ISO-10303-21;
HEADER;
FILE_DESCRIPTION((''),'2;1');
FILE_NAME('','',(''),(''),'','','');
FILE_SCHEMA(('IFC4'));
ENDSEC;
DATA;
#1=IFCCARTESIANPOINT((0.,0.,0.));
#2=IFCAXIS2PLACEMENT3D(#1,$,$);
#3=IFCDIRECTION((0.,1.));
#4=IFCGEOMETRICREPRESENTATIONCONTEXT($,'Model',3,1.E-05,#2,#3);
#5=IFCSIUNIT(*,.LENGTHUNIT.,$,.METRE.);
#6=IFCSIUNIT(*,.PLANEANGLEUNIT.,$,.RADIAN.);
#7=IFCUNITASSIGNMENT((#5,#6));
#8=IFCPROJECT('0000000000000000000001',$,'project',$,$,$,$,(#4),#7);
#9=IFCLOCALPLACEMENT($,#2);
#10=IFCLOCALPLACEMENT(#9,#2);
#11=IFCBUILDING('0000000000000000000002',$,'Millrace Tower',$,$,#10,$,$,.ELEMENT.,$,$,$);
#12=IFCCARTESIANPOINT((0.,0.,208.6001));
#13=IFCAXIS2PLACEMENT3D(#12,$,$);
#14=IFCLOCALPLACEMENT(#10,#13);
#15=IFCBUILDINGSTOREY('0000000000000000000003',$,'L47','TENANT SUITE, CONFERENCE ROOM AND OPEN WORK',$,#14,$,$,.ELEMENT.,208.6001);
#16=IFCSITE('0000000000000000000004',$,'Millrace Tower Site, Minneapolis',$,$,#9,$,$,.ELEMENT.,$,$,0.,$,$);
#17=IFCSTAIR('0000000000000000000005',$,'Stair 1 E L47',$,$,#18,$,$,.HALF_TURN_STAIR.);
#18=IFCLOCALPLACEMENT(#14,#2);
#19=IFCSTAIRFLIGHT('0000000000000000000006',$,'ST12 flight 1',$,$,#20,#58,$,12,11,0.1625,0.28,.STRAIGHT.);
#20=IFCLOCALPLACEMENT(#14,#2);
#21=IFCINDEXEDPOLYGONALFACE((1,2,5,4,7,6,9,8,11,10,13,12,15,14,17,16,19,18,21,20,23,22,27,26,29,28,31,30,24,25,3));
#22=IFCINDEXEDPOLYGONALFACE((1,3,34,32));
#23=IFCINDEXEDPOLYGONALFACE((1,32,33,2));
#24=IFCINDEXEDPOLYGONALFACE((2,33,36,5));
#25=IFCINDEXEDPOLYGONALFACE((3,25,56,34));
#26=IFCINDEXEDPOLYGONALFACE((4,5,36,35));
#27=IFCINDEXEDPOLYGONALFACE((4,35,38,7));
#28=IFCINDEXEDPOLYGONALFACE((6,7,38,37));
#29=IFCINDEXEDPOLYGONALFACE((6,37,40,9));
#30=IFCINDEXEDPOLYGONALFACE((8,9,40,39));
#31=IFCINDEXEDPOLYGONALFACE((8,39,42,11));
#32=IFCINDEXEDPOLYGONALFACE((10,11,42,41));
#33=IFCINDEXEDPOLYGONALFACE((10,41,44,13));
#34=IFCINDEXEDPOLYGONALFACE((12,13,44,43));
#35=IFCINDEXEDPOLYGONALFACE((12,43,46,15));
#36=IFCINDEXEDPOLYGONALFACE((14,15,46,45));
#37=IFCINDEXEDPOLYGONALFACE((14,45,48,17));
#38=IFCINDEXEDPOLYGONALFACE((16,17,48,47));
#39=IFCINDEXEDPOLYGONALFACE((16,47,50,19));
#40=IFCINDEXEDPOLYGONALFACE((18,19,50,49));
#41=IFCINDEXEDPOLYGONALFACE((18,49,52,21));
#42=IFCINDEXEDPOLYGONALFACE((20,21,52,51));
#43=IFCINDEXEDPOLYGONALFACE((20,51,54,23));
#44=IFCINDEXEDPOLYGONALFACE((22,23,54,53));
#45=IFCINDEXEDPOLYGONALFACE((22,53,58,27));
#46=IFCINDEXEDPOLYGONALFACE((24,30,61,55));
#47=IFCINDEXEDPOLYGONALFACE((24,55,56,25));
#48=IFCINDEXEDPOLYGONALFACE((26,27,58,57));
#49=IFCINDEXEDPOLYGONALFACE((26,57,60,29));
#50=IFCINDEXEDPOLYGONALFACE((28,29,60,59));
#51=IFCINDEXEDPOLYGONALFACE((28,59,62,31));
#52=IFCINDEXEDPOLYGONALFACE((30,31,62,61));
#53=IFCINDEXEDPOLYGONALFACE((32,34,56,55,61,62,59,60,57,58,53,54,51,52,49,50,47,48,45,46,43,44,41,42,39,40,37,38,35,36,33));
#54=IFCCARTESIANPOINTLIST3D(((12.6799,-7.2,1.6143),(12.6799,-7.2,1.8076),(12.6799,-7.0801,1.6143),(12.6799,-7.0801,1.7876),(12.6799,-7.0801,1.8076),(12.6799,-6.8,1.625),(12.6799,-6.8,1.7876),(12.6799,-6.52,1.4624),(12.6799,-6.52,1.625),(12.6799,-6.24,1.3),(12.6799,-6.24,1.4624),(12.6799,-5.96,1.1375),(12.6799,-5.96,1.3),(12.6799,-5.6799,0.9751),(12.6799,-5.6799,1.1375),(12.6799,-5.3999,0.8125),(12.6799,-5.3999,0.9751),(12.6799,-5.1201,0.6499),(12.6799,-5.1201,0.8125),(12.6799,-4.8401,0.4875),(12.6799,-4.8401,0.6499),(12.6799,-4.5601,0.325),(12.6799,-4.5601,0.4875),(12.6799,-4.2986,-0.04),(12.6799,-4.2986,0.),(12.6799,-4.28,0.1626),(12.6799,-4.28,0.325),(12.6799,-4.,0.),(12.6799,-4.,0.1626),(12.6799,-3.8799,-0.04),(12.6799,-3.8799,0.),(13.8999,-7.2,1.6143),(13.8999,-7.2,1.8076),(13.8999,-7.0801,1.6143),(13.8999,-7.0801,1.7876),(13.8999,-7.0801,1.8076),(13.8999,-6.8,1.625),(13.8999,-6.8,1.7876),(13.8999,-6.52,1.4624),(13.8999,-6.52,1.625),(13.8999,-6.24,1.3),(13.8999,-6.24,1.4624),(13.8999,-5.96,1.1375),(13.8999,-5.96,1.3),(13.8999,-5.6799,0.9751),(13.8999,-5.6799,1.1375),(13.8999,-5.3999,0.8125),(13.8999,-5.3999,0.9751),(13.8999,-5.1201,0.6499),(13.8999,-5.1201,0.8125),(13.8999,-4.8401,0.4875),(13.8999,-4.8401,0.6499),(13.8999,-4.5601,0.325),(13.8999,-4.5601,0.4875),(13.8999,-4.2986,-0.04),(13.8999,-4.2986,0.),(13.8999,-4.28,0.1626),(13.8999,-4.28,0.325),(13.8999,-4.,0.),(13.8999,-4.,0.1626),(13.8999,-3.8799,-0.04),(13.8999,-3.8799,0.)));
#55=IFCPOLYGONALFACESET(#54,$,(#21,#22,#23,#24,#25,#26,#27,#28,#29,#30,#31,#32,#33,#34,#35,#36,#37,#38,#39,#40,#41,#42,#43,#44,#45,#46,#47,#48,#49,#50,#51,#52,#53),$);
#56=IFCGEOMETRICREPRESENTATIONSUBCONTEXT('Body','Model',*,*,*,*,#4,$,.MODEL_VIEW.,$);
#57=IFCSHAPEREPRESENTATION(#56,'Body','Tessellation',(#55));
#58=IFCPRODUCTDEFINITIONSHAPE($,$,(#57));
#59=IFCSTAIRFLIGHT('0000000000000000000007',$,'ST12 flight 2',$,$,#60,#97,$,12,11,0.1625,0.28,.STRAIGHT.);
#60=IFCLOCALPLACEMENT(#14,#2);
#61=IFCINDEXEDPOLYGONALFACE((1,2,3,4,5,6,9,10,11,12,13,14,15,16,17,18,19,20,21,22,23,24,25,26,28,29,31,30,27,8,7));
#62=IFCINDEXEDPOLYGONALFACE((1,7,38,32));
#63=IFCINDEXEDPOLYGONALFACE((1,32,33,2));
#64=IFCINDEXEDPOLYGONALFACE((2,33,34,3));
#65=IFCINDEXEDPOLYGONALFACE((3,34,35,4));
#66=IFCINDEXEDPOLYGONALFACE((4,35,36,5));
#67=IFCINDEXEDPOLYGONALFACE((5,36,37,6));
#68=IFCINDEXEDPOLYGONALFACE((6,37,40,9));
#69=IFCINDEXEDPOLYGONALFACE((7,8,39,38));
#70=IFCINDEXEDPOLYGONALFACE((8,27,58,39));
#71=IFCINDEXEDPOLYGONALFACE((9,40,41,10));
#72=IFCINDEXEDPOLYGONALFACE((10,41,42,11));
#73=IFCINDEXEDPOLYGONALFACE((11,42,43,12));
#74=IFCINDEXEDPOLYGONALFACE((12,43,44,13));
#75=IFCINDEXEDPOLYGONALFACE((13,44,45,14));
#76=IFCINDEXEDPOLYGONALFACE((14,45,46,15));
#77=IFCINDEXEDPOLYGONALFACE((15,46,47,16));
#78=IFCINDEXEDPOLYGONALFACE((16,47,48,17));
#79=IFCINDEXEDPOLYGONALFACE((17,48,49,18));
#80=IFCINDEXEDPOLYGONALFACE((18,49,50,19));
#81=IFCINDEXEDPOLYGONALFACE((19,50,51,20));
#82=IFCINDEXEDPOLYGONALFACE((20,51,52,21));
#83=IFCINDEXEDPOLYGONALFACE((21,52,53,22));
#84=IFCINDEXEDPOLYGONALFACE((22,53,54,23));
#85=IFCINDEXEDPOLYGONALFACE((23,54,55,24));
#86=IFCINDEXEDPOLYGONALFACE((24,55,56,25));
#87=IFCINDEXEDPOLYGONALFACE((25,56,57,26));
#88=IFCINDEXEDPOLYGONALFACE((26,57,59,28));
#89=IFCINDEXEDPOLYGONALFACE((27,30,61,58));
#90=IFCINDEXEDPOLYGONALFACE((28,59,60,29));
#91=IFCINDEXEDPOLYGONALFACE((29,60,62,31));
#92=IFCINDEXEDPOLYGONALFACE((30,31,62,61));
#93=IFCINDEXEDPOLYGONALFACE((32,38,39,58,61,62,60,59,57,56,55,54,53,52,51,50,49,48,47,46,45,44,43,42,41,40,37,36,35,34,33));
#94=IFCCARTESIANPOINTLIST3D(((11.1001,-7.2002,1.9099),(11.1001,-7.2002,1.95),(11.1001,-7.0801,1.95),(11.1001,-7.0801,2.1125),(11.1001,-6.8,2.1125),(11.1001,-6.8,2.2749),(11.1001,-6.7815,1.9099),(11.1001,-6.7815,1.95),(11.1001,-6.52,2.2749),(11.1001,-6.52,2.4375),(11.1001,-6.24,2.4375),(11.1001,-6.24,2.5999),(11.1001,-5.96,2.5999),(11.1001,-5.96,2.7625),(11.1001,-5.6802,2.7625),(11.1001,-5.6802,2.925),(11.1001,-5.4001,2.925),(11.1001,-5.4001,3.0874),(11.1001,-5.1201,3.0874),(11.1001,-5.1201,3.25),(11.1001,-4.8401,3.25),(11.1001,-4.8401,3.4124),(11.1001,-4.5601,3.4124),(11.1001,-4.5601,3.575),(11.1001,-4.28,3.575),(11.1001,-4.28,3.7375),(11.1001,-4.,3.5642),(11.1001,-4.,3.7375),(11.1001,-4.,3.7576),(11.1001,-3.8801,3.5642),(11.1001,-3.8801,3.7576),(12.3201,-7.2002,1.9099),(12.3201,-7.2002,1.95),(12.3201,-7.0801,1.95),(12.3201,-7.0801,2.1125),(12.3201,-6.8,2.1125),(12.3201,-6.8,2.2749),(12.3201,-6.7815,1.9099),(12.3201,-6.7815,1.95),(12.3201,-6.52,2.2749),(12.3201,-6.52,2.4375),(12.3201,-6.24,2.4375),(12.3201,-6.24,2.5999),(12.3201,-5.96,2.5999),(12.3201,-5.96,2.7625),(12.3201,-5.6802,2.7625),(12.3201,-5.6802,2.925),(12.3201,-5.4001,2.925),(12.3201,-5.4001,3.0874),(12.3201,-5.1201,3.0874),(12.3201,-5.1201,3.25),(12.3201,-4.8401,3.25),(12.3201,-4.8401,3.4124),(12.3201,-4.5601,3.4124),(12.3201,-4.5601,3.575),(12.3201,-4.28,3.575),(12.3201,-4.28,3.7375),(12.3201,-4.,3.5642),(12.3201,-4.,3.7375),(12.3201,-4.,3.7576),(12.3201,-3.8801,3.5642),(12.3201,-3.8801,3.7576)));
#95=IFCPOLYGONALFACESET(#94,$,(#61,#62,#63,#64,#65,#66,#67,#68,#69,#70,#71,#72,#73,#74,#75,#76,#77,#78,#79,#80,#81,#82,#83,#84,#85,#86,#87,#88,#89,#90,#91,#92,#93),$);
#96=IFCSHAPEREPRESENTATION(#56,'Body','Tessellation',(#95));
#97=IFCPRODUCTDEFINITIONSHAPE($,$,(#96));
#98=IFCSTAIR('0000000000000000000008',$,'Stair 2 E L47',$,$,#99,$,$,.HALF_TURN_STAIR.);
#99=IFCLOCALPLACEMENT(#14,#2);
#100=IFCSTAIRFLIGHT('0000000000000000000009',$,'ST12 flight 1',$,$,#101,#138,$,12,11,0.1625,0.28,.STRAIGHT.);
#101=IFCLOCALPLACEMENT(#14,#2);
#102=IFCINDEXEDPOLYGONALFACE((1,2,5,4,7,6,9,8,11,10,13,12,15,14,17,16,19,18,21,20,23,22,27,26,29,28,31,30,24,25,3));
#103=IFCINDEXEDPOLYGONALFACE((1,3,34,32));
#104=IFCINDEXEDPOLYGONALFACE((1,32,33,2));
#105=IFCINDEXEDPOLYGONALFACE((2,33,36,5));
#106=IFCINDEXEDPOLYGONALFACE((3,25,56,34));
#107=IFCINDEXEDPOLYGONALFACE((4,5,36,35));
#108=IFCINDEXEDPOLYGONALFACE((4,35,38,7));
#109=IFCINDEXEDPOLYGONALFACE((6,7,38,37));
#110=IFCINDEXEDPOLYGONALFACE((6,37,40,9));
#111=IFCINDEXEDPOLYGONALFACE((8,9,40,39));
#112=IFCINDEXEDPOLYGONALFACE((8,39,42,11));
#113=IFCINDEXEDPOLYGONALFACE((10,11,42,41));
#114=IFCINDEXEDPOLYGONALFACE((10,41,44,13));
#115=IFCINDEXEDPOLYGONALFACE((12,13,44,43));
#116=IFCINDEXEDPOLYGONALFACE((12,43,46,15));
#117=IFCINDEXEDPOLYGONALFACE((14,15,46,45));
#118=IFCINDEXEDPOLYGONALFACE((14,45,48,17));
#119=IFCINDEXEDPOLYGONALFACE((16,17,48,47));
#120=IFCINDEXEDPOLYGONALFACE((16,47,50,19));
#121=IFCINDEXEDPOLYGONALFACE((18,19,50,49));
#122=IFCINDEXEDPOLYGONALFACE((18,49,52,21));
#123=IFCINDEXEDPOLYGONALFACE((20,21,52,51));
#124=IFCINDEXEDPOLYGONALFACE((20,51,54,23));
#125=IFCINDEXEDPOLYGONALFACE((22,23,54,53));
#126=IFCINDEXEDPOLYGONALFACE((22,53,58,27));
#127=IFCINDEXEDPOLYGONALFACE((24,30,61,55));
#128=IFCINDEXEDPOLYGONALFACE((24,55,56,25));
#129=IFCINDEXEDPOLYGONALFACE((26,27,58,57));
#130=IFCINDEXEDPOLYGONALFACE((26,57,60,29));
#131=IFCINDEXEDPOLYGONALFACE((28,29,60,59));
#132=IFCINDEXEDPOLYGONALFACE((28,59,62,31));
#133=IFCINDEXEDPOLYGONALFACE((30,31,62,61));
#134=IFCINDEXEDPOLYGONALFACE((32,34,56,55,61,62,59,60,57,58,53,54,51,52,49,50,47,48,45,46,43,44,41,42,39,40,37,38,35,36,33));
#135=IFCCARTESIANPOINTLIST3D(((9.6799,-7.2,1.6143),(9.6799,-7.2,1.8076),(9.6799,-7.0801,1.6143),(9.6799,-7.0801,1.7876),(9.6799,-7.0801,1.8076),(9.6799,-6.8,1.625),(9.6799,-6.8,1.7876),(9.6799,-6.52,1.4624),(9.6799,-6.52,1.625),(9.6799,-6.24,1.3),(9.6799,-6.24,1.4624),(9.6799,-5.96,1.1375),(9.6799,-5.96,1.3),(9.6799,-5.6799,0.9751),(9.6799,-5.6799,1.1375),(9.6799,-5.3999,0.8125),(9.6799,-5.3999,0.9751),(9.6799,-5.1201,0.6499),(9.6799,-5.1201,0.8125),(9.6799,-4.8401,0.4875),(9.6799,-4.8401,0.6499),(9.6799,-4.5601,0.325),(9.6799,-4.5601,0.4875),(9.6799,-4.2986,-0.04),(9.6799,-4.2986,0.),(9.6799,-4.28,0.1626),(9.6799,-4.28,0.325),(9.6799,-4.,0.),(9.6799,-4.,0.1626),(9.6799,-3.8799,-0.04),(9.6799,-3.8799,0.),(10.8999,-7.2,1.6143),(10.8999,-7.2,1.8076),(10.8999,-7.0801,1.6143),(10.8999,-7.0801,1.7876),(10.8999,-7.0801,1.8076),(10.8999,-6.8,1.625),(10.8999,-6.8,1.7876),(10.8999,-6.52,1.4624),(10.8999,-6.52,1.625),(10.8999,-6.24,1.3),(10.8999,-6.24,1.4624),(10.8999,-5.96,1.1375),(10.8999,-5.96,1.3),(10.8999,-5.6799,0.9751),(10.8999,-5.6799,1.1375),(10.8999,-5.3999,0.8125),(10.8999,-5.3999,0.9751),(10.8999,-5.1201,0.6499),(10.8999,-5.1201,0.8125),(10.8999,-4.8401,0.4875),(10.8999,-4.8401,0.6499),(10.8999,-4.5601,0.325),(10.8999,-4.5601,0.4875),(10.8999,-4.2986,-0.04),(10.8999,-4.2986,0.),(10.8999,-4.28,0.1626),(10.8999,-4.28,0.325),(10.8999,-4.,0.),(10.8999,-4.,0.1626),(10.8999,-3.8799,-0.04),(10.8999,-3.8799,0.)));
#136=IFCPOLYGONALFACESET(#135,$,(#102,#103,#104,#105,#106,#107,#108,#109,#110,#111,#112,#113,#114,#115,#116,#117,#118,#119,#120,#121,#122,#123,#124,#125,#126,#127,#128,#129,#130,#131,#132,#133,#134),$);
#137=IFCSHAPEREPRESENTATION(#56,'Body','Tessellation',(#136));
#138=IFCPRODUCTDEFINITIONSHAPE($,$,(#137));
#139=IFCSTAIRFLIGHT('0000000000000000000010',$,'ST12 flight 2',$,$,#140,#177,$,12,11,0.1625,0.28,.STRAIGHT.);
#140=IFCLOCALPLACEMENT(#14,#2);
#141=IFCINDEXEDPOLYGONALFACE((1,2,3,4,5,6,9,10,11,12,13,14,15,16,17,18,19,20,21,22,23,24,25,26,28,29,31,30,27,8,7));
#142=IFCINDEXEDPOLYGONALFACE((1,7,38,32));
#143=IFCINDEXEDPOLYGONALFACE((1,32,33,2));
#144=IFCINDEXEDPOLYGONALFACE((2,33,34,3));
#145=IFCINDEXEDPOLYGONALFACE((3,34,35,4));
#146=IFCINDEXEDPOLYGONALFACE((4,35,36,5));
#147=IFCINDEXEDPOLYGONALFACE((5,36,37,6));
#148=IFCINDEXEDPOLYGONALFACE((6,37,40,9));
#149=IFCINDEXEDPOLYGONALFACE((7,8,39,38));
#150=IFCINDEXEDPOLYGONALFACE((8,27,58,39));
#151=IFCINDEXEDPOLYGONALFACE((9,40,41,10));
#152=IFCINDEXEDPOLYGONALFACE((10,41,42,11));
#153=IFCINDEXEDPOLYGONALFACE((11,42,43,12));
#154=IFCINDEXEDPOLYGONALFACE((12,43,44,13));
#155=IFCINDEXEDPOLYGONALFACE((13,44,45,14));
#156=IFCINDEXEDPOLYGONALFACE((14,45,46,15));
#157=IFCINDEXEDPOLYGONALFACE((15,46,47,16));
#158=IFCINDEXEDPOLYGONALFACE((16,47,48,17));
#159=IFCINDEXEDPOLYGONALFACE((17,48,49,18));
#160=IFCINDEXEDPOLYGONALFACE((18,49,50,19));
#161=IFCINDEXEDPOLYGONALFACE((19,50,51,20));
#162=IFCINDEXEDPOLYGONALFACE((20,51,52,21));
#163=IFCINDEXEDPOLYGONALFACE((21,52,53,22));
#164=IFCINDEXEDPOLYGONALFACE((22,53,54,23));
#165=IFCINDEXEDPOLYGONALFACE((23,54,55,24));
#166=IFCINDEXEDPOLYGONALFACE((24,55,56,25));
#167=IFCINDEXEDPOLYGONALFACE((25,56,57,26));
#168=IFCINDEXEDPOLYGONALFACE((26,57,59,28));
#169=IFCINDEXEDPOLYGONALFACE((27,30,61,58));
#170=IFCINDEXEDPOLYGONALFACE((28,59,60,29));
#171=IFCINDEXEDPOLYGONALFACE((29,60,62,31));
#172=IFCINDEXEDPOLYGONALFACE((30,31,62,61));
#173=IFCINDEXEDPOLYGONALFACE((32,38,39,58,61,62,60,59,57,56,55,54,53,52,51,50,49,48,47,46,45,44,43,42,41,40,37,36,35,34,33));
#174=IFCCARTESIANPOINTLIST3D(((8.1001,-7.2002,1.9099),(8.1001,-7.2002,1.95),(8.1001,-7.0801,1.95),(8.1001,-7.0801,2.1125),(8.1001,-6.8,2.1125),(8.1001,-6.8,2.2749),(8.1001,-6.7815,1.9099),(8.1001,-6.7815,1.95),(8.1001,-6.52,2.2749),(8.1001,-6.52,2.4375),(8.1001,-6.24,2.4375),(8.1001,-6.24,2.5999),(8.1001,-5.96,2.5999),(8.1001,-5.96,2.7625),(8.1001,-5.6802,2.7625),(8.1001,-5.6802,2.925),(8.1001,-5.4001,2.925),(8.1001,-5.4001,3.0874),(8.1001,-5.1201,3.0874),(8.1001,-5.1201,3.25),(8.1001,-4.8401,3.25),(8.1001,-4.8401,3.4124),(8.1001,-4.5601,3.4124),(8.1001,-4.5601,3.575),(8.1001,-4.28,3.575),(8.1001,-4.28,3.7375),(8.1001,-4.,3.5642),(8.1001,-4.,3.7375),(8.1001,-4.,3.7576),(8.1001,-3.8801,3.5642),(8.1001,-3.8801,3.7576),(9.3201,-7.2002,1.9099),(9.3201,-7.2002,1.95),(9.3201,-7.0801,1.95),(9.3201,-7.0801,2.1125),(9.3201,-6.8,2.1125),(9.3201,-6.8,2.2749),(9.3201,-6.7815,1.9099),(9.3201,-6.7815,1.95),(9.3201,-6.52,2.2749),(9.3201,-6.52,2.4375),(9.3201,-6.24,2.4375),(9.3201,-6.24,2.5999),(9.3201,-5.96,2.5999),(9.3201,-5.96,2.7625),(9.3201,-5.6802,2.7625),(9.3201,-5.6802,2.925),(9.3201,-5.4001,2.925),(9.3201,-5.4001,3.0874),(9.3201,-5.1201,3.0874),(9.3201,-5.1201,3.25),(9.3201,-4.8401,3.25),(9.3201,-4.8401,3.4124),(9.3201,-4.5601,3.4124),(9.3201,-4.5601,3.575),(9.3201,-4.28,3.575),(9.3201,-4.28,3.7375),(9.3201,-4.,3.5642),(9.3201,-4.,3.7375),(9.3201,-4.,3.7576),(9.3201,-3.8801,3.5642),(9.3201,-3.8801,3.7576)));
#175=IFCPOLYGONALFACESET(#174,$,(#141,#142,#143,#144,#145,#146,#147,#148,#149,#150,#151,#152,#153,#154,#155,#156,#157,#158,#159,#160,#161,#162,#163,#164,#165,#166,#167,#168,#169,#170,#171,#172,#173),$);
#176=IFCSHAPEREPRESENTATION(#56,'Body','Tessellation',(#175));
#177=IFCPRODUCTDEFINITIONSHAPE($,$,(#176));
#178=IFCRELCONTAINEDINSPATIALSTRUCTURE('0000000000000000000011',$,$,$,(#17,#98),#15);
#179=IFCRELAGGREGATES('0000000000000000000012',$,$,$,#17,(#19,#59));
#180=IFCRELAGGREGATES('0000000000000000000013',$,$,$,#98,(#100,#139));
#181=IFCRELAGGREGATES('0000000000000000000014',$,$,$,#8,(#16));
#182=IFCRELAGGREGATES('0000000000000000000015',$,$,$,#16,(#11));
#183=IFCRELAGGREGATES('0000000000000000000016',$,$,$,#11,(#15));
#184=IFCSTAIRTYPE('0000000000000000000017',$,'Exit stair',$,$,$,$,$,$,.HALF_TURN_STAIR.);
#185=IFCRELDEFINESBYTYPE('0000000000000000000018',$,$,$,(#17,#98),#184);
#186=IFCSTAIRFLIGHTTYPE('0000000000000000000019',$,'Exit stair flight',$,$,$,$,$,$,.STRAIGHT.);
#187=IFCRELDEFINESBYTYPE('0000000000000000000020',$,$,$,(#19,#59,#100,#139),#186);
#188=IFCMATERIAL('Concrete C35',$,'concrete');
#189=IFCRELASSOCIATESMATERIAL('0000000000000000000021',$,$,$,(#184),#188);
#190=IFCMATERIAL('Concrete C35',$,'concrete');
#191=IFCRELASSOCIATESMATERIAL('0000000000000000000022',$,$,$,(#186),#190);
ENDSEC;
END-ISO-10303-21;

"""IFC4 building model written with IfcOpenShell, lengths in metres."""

from ifc_helpers import new_model, si_unit, direction, frame, origin, place, context, subcontext, project, spatial, polyline, outline, extrude, material, type_object, element, aggregate, save


model = new_model("IFC4")

# Units and contexts
model_context = context("Model", 3, precision=1e-05, world=origin(), true_north=direction((0.0, 1.0)))
body_context = subcontext(model_context, "Body", "Model", "MODEL_VIEW")
ifc_project = project(units=[si_unit("LENGTHUNIT", "METRE"), si_unit("PLANEANGLEUNIT", "RADIAN")], contexts=[model_context])

# Site, building, storey
site_placement = place(None, origin())
site = spatial("IfcSite", under=ifc_project, at=site_placement, Name="Millrace Tower Site, Minneapolis", CompositionType="ELEMENT", RefElevation=0.0)
building_placement = place(site_placement, origin())
building = spatial("IfcBuilding", under=site, at=building_placement, Name="Millrace Tower", CompositionType="ELEMENT")
storey_placement = place(building_placement, frame((0.0, 0.0, 208.6001)))
storey = spatial("IfcBuildingStorey", under=building, at=storey_placement, Name="L47", Description="TENANT SUITE, CONFERENCE ROOM AND OPEN WORK", CompositionType="ELEMENT", Elevation=208.6001)

# Shared definitions
placement = place(storey_placement, origin())

# Stairs, stair flights
ifc_material_1 = material(Name="Concrete C35", Category="concrete")
stair_type = type_object("IfcStairType", Name="Exit stair", PredefinedType="HALF_TURN_STAIR", material=ifc_material_1)
stair_1 = element("IfcStair", 1, at=placement, inside=storey, type_object=stair_type, Name="Stair 1 E L47", PredefinedType="HALF_TURN_STAIR")
ifc_material_2 = material(Name="Concrete C35", Category="concrete")
stair_flight_type = type_object("IfcStairFlightType", Name="Exit stair flight", PredefinedType="STRAIGHT", material=ifc_material_2)
stair_flight_1_placement = place(storey_placement, frame((13.29, -4.0, 0.0), z_axis=(0.0, 0.0, 1.0), x_axis=(0.0, -1.0, 0.0)))
stair_flight_1 = element("IfcStairFlight", 2, at=stair_flight_1_placement, type_object=stair_flight_type, Name="ST12 flight 1", NumberOfRisers=12, NumberOfTreads=11, PredefinedType="STRAIGHT", RiserHeight=0.1625, TreadLength=0.28, context=body_context, shape_type="SweptSolid", body=[
    extrude(outline(polyline([(-0.1201, -0.04), (-0.1201, 0.0), (0.0, 0.0), (0.0, 0.1626), (0.28, 0.1626), (0.28, 0.325), (0.5601, 0.325), (0.5601, 0.4875), (0.8401, 0.4875), (0.8401, 0.6499), (1.1201, 0.6499), (1.1201, 0.8125), (1.3999, 0.8125), (1.3999, 0.9751), (1.6799, 0.9751), (1.6799, 1.1375), (1.96, 1.1375), (1.96, 1.3), (2.24, 1.3), (2.24, 1.4624), (2.52, 1.4624), (2.52, 1.625), (2.8, 1.625), (2.8, 1.7876), (3.0801, 1.7876), (3.0801, 1.8076), (3.2, 1.8076), (3.2, 1.6143), (3.0801, 1.6143), (0.2986, 0.0), (0.2986, -0.04), (-0.1201, -0.04)])), frame((0.0, 0.6099, 0.0), z_axis=(0.0, -1.0, 0.0), x_axis=(1.0, 0.0, 0.0)), (0.0, 0.0, 1.0), 1.22),
])
stair_flight_2_placement = place(storey_placement, frame((11.71, -7.0801, 1.95), z_axis=(0.0, 0.0, 1.0), x_axis=(0.0, 1.0, 0.0)))
stair_flight_2 = element("IfcStairFlight", 3, at=stair_flight_2_placement, type_object=stair_flight_type, Name="ST12 flight 2", NumberOfRisers=12, NumberOfTreads=11, PredefinedType="STRAIGHT", RiserHeight=0.1625, TreadLength=0.28, context=body_context, shape_type="SweptSolid", body=[
    extrude(outline(polyline([(-0.1201, -0.04), (-0.1201, 0.0), (0.0, 0.0), (0.0, 0.1626), (0.28, 0.1626), (0.28, 0.325), (0.5601, 0.325), (0.5601, 0.4875), (0.8401, 0.4875), (0.8401, 0.6499), (1.1201, 0.6499), (1.1201, 0.8125), (1.3999, 0.8125), (1.3999, 0.9751), (1.6799, 0.9751), (1.6799, 1.1375), (1.96, 1.1375), (1.96, 1.3), (2.24, 1.3), (2.24, 1.4624), (2.52, 1.4624), (2.52, 1.625), (2.8, 1.625), (2.8, 1.7876), (3.0801, 1.7876), (3.0801, 1.8076), (3.2, 1.8076), (3.2, 1.6143), (3.0801, 1.6143), (0.2986, 0.0), (0.2986, -0.04), (-0.1201, -0.04)])), frame((0.0, 0.6099, 0.0), z_axis=(0.0, -1.0, 0.0), x_axis=(1.0, 0.0, 0.0)), (0.0, 0.0, 1.0), 1.22),
])
aggregate(stair_1, [stair_flight_1, stair_flight_2])
stair_2 = element("IfcStair", 4, at=placement, inside=storey, type_object=stair_type, Name="Stair 2 E L47", PredefinedType="HALF_TURN_STAIR")
stair_flight_3_placement = place(storey_placement, frame((10.29, -4.0, 0.0), z_axis=(0.0, 0.0, 1.0), x_axis=(0.0, -1.0, 0.0)))
stair_flight_3 = element("IfcStairFlight", 5, at=stair_flight_3_placement, type_object=stair_flight_type, Name="ST12 flight 1", NumberOfRisers=12, NumberOfTreads=11, PredefinedType="STRAIGHT", RiserHeight=0.1625, TreadLength=0.28, context=body_context, shape_type="SweptSolid", body=[
    extrude(outline(polyline([(-0.1201, -0.04), (-0.1201, 0.0), (0.0, 0.0), (0.0, 0.1626), (0.28, 0.1626), (0.28, 0.325), (0.5601, 0.325), (0.5601, 0.4875), (0.8401, 0.4875), (0.8401, 0.6499), (1.1201, 0.6499), (1.1201, 0.8125), (1.3999, 0.8125), (1.3999, 0.9751), (1.6799, 0.9751), (1.6799, 1.1375), (1.96, 1.1375), (1.96, 1.3), (2.24, 1.3), (2.24, 1.4624), (2.52, 1.4624), (2.52, 1.625), (2.8, 1.625), (2.8, 1.7876), (3.0801, 1.7876), (3.0801, 1.8076), (3.2, 1.8076), (3.2, 1.6143), (3.0801, 1.6143), (0.2986, 0.0), (0.2986, -0.04), (-0.1201, -0.04)])), frame((0.0, 0.6099, 0.0), z_axis=(0.0, -1.0, 0.0), x_axis=(1.0, 0.0, 0.0)), (0.0, 0.0, 1.0), 1.22),
])
stair_flight_4_placement = place(storey_placement, frame((8.71, -7.0801, 1.95), z_axis=(0.0, 0.0, 1.0), x_axis=(0.0, 1.0, 0.0)))
stair_flight_4 = element("IfcStairFlight", 6, at=stair_flight_4_placement, type_object=stair_flight_type, Name="ST12 flight 2", NumberOfRisers=12, NumberOfTreads=11, PredefinedType="STRAIGHT", RiserHeight=0.1625, TreadLength=0.28, context=body_context, shape_type="SweptSolid", body=[
    extrude(outline(polyline([(-0.1201, -0.04), (-0.1201, 0.0), (0.0, 0.0), (0.0, 0.1626), (0.28, 0.1626), (0.28, 0.325), (0.5601, 0.325), (0.5601, 0.4875), (0.8401, 0.4875), (0.8401, 0.6499), (1.1201, 0.6499), (1.1201, 0.8125), (1.3999, 0.8125), (1.3999, 0.9751), (1.6799, 0.9751), (1.6799, 1.1375), (1.96, 1.1375), (1.96, 1.3), (2.24, 1.3), (2.24, 1.4624), (2.52, 1.4624), (2.52, 1.625), (2.8, 1.625), (2.8, 1.7876), (3.0801, 1.7876), (3.0801, 1.8076), (3.2, 1.8076), (3.2, 1.6143), (3.0801, 1.6143), (0.2986, 0.0), (0.2986, -0.04), (-0.1201, -0.04)])), frame((0.0, 0.6099, 0.0), z_axis=(0.0, -1.0, 0.0), x_axis=(1.0, 0.0, 0.0)), (0.0, 0.0, 1.0), 1.22),
])
aggregate(stair_2, [stair_flight_3, stair_flight_4])

save(model, "model.ifc")
